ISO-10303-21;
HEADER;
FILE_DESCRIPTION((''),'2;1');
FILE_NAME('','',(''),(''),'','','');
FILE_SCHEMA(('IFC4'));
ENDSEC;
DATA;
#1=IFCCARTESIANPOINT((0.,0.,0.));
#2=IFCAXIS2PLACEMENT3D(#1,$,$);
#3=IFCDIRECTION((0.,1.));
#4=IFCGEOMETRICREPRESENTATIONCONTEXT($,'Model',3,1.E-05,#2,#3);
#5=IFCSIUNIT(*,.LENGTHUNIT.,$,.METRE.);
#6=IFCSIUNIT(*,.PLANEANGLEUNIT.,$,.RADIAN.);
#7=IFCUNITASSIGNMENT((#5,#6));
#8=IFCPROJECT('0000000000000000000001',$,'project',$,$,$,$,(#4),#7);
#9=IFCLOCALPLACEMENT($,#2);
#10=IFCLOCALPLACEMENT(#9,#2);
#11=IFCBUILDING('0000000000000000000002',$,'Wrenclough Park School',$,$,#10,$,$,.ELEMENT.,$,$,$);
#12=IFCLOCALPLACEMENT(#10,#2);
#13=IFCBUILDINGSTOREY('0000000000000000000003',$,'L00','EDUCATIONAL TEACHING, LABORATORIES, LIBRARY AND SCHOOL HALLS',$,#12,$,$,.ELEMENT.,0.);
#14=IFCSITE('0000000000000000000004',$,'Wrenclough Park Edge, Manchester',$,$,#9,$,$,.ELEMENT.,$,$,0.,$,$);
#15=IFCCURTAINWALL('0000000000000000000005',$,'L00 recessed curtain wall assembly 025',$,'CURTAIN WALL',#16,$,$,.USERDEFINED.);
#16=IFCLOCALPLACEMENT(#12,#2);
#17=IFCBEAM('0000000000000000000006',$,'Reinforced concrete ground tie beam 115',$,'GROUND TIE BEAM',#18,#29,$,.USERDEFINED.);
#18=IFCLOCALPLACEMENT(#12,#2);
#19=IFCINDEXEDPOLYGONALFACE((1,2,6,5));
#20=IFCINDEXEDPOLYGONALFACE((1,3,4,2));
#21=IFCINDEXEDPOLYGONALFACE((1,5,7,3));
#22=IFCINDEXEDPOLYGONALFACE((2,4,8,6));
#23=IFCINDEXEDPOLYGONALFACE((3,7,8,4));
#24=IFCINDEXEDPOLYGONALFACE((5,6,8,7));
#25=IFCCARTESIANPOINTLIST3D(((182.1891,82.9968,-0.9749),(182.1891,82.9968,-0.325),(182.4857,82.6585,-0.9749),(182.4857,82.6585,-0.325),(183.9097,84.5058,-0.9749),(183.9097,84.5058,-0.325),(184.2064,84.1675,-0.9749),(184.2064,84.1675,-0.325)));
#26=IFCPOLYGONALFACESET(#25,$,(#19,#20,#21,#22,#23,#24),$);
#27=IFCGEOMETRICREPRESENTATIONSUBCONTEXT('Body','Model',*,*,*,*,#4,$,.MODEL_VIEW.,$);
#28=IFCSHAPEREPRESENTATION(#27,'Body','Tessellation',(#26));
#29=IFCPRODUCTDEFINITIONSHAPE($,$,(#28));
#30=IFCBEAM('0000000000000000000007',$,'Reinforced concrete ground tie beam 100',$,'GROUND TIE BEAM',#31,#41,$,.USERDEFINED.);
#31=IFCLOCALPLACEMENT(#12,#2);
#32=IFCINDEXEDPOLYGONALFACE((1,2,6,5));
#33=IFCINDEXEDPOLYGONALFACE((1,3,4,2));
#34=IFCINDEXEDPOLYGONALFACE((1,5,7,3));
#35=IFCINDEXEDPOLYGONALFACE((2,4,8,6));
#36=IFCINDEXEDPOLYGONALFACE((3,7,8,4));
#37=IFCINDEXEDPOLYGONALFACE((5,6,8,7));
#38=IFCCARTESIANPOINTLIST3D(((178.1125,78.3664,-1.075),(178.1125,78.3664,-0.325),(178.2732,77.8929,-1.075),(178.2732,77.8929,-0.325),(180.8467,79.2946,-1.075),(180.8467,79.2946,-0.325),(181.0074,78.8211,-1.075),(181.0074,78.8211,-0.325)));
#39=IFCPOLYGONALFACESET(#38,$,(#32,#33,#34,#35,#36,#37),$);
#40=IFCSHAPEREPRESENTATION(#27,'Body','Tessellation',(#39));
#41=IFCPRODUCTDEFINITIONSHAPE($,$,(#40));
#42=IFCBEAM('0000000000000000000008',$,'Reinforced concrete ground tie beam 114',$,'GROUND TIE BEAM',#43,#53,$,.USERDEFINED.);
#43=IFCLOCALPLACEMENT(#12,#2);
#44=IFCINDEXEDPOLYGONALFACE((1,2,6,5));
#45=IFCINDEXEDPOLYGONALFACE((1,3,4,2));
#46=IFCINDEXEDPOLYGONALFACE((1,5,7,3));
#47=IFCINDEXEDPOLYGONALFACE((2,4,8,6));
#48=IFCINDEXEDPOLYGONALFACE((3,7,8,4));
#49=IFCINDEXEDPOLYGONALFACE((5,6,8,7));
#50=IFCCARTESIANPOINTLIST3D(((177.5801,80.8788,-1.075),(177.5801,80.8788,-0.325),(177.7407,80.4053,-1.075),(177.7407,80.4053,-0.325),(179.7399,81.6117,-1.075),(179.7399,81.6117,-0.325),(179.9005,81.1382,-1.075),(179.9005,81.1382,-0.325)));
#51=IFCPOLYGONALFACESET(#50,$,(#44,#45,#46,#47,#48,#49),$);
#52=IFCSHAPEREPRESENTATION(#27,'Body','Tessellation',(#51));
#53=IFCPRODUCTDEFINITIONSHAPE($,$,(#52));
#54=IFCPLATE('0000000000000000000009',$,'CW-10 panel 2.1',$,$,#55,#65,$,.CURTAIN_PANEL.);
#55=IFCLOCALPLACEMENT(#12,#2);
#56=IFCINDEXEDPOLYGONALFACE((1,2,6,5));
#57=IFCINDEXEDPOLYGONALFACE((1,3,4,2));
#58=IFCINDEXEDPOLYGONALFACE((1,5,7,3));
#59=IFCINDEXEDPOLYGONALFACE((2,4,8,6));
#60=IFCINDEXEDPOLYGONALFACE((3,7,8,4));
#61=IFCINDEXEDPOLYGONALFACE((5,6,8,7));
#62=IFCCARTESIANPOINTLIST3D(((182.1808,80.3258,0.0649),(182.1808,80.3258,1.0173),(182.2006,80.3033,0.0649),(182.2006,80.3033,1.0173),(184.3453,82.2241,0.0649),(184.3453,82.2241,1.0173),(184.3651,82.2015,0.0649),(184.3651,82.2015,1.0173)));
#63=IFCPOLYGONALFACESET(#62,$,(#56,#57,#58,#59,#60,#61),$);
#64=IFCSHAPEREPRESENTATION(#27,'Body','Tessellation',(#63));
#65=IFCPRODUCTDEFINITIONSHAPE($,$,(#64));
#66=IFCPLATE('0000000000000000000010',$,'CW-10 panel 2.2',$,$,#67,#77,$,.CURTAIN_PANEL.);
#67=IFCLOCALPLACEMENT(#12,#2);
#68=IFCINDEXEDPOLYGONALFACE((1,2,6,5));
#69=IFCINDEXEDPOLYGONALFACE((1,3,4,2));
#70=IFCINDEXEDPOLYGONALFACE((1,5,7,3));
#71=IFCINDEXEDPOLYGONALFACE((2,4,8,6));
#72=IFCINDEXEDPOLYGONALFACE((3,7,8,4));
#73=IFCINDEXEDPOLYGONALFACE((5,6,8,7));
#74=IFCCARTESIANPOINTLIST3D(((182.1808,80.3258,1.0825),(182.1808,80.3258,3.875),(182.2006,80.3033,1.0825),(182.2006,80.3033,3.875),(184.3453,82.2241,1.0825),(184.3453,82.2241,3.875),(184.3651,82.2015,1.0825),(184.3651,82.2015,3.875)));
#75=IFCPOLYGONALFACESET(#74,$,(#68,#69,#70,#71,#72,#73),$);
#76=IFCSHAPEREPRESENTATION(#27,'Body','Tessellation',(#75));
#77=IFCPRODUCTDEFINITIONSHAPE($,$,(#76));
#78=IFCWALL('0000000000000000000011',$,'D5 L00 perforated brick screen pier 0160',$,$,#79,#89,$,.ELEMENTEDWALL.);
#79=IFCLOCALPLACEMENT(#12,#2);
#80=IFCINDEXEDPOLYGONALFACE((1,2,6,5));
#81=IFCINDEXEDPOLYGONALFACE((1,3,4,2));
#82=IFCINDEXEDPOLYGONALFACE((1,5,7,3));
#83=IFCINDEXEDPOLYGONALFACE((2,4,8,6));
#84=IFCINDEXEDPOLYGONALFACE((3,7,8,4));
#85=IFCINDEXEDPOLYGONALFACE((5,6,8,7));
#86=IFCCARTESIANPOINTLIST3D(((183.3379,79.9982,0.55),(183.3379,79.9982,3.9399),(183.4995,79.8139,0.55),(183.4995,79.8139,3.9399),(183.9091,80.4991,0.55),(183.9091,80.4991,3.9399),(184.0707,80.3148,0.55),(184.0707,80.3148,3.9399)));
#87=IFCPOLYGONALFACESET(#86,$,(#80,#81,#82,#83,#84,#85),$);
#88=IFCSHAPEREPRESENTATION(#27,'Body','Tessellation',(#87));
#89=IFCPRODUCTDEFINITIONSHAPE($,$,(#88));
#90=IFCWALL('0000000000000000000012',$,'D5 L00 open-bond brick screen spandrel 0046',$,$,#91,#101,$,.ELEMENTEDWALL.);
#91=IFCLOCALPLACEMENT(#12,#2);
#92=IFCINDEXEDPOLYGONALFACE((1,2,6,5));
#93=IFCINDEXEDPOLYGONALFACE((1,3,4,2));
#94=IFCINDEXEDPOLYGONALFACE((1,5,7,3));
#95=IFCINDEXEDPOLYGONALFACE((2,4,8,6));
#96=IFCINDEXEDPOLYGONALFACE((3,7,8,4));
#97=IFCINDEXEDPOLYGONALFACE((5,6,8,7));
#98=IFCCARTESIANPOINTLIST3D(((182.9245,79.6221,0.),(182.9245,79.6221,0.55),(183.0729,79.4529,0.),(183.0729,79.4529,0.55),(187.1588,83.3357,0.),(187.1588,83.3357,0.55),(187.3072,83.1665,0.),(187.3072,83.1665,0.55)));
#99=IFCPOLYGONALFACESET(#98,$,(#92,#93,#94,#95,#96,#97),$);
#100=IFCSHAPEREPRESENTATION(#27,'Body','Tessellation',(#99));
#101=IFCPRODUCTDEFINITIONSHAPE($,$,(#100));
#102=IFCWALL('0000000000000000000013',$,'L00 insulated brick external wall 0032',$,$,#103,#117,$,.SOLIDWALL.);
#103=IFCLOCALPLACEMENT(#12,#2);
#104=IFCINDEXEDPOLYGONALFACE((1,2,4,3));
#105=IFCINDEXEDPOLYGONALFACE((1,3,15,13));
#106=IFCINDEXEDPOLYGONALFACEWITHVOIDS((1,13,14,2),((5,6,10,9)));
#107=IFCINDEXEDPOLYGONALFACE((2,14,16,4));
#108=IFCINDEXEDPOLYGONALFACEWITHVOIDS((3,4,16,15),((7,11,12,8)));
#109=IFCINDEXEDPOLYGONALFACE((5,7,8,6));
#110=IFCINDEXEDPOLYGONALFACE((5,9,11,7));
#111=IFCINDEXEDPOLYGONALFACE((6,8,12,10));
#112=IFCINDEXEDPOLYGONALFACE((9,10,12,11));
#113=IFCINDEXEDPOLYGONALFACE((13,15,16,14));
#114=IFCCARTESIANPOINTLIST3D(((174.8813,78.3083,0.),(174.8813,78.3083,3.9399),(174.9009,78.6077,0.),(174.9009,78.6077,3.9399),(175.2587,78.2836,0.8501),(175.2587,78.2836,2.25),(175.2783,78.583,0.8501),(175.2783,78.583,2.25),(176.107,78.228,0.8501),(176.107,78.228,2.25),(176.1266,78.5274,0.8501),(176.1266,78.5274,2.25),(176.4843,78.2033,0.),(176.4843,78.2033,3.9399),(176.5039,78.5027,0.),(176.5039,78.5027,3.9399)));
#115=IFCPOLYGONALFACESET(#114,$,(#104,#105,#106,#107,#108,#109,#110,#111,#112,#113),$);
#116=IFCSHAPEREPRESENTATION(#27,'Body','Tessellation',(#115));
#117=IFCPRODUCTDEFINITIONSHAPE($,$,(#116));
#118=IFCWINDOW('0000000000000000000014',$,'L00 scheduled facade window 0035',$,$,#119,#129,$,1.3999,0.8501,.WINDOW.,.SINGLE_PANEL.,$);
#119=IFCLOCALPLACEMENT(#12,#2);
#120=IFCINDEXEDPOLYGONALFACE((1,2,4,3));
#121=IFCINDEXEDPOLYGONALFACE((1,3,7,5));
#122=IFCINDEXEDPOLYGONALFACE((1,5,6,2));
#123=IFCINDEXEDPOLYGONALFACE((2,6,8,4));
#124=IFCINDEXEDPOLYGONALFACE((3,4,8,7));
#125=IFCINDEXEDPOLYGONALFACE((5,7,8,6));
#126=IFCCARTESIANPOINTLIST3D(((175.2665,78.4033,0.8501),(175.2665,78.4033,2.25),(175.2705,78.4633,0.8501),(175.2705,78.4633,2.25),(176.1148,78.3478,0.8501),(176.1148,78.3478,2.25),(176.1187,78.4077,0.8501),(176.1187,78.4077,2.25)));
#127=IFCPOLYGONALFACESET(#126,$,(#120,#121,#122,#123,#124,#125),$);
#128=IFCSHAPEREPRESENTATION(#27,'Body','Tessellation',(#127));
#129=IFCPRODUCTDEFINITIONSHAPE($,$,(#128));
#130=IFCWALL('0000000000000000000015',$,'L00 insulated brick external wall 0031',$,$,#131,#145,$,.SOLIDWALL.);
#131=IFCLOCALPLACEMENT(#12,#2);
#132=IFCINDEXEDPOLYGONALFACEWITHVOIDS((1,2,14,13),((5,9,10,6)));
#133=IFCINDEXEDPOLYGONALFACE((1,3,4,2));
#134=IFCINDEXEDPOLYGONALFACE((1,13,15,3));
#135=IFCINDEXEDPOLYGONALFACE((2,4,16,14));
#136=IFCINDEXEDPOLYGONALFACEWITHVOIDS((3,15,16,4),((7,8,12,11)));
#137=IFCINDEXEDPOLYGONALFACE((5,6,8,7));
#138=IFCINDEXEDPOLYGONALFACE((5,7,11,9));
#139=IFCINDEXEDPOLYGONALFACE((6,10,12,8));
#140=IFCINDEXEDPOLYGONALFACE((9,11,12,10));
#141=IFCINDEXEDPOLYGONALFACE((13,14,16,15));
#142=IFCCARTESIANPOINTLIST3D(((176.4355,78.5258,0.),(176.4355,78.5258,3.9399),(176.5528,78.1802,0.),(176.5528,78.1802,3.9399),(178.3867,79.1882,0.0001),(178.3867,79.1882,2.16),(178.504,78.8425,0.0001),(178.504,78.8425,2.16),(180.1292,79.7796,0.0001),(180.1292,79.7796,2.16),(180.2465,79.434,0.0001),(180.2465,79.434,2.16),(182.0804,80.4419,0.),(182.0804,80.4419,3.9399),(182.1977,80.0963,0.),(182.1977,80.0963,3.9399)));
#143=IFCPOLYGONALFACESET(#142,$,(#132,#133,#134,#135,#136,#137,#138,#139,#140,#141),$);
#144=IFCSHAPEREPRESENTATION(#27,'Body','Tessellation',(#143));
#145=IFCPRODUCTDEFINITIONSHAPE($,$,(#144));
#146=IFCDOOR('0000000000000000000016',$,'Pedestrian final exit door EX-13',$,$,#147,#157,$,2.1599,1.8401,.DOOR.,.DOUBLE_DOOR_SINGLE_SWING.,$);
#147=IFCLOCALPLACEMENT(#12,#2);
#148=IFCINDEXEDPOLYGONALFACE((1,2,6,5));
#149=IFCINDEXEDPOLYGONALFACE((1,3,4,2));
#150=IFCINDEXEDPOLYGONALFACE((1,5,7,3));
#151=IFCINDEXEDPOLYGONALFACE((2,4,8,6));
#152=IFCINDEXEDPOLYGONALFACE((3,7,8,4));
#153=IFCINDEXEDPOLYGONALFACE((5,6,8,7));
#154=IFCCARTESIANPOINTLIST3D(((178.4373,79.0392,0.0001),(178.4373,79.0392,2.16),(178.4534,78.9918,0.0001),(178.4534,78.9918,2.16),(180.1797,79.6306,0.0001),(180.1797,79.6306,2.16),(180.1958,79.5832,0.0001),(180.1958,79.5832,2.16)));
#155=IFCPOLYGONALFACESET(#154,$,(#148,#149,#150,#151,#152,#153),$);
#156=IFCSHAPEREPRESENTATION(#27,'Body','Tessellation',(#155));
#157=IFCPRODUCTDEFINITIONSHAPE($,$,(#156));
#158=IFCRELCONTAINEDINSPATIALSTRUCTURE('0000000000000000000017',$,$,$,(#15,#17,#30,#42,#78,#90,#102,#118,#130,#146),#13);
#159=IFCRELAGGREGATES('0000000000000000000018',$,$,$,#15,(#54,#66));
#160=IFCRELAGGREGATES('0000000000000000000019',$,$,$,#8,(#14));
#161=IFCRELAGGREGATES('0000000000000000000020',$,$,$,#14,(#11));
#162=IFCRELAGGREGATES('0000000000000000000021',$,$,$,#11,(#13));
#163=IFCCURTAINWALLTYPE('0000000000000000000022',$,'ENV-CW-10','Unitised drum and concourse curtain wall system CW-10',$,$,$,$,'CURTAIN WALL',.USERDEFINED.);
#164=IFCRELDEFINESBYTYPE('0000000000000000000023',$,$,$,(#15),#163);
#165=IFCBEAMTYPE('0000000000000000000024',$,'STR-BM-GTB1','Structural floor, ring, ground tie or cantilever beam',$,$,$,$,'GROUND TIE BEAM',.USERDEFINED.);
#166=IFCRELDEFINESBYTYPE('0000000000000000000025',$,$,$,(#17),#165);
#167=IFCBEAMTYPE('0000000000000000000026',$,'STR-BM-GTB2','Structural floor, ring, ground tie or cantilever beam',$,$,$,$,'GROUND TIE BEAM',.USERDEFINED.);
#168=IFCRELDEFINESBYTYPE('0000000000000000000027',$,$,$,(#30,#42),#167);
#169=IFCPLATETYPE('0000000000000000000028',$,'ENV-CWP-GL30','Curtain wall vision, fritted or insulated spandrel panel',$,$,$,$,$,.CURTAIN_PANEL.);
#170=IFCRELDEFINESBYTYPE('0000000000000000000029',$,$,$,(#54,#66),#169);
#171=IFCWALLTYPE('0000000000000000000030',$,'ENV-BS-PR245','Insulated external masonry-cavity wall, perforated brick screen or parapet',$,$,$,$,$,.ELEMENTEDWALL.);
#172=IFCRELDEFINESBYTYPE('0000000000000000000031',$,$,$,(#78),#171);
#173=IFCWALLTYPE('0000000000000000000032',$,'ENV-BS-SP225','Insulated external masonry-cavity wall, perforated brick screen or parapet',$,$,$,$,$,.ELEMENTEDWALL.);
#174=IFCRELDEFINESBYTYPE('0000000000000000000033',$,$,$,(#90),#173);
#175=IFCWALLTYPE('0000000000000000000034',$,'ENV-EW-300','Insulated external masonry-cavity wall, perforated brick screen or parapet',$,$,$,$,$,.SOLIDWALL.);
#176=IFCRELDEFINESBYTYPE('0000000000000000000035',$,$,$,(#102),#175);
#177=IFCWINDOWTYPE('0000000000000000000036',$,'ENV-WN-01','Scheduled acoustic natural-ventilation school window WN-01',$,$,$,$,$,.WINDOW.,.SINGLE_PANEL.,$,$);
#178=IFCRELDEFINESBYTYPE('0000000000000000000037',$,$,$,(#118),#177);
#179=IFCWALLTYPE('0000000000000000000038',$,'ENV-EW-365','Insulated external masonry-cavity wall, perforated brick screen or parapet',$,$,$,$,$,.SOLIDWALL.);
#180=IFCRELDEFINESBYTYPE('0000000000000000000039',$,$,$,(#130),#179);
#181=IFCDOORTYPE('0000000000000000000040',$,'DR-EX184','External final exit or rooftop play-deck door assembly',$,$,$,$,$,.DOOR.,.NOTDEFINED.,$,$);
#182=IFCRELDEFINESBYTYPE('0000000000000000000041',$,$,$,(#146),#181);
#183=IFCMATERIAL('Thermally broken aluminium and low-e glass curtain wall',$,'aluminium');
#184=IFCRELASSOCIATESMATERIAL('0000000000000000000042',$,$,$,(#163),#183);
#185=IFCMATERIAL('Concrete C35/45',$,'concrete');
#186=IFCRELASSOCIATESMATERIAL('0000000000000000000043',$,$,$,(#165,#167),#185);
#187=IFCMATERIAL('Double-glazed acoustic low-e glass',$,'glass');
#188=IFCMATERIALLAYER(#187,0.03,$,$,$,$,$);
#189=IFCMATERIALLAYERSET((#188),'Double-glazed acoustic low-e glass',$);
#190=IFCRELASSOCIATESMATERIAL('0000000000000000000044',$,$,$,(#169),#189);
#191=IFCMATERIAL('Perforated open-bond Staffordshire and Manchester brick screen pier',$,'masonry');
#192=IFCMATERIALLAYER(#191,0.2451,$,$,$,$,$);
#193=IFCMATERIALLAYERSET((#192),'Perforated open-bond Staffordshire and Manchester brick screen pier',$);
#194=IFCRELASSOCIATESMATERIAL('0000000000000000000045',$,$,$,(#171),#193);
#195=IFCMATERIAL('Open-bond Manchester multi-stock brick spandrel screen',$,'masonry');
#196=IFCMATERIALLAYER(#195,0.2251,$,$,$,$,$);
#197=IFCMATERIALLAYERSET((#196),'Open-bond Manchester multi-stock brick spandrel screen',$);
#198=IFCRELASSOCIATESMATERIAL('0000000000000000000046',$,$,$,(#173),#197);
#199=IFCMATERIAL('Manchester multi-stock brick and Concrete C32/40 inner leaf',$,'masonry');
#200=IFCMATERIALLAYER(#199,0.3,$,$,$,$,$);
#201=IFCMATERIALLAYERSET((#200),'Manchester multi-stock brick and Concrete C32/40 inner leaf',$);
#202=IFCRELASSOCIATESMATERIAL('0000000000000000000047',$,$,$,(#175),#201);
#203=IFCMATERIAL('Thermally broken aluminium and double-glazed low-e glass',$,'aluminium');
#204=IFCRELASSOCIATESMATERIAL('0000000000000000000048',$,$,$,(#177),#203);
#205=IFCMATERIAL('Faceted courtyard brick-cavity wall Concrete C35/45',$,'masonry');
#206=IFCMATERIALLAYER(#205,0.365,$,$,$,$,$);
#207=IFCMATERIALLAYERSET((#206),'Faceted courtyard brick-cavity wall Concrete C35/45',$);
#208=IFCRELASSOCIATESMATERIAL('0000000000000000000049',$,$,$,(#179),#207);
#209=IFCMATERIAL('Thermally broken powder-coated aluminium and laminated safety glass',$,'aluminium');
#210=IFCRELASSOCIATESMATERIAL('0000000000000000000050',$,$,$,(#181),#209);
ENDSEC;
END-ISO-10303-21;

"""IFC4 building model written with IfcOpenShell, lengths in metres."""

from ifc_helpers import new_model, si_unit, direction, frame, frame_2d, origin, origin_2d, place, context, subcontext, project, spatial, rectangle, extrude, material, layer, layer_set, material_profile, profile_set, type_object, element, fill, aggregate, save


model = new_model("IFC4")

# Units and contexts
model_context = context("Model", 3, precision=1e-05, world=origin(), true_north=direction((0.0, 1.0)))
body_context = subcontext(model_context, "Body", "Model", "MODEL_VIEW")
ifc_project = project(units=[si_unit("LENGTHUNIT", "METRE"), si_unit("PLANEANGLEUNIT", "RADIAN")], contexts=[model_context])

# Site, building, storey
site_placement = place(None, origin())
site = spatial("IfcSite", under=ifc_project, at=site_placement, Name="Wrenclough Park Edge, Manchester", CompositionType="ELEMENT", RefElevation=0.0)
building_placement = place(site_placement, origin())
building = spatial("IfcBuilding", under=site, at=building_placement, Name="Wrenclough Park School", CompositionType="ELEMENT")
storey_placement = place(building_placement, origin())
storey = spatial("IfcBuildingStorey", under=building, at=storey_placement, Name="L00", Description="EDUCATIONAL TEACHING, LABORATORIES, LIBRARY AND SCHOOL HALLS", CompositionType="ELEMENT", Elevation=0.0)

# Shared definitions
ifc_material_1 = material(Name="Concrete C35/45", Category="concrete")

# Curtain wall
ifc_material_2 = material(Name="Thermally broken aluminium and low-e glass curtain wall", Category="aluminium")
curtain_wall_type = type_object("IfcCurtainWallType", Name="ENV-CW-10", Description="Unitised drum and concourse curtain wall system CW-10", ElementType="CURTAIN WALL", PredefinedType="USERDEFINED", material=ifc_material_2)
curtain_wall_placement = place(storey_placement, origin())
curtain_wall = element("IfcCurtainWall", 1, at=curtain_wall_placement, inside=storey, type_object=curtain_wall_type, Name="L00 recessed curtain wall assembly 025", ObjectType="CURTAIN WALL", PredefinedType="USERDEFINED")

# Beams
ifc_material_profile_1 = material_profile(ifc_material_1, rectangle(XDim=0.45, YDim=0.6499, at=origin_2d()), Name="RC GROUND 450x650")
ifc_profile_set_1 = profile_set([ifc_material_profile_1], Name="Concrete C35/45")
beam_type_1 = type_object("IfcBeamType", Name="STR-BM-GTB1", Description="Structural floor, ring, ground tie or cantilever beam", ElementType="GROUND TIE BEAM", PredefinedType="USERDEFINED", material=ifc_profile_set_1)
beam_1_placement = place(storey_placement, frame((182.3374, 82.8276, -0.6499), z_axis=(0.751836, 0.65935, 0.0), x_axis=(-0.65935, 0.751836, 0.0)))
element("IfcBeam", 2, at=beam_1_placement, inside=storey, type_object=beam_type_1, Name="Reinforced concrete ground tie beam 115", ObjectType="GROUND TIE BEAM", PredefinedType="USERDEFINED", context=body_context, shape_type="SweptSolid", body=[
    extrude(rectangle(XDim=0.45, YDim=0.6499, at=origin_2d()), origin(), (0.0, 0.0, 1.0), 2.2886),
])
ifc_material_profile_2 = material_profile(ifc_material_1, rectangle(XDim=0.5, YDim=0.75, at=origin_2d()), Name="RC GROUND 500x750")
ifc_profile_set_2 = profile_set([ifc_material_profile_2], Name="Concrete C35/45")
beam_type_2 = type_object("IfcBeamType", Name="STR-BM-GTB2", Description="Structural floor, ring, ground tie or cantilever beam", ElementType="GROUND TIE BEAM", PredefinedType="USERDEFINED", material=ifc_profile_set_2)
beam_2_placement = place(storey_placement, frame((178.1929, 78.1296, -0.7), z_axis=(0.946919, 0.321474, 0.0), x_axis=(-0.321474, 0.946919, 0.0)))
element("IfcBeam", 3, at=beam_2_placement, inside=storey, type_object=beam_type_2, Name="Reinforced concrete ground tie beam 100", ObjectType="GROUND TIE BEAM", PredefinedType="USERDEFINED", context=body_context, shape_type="SweptSolid", body=[
    extrude(rectangle(XDim=0.5, YDim=0.75, at=origin_2d()), origin(), (0.0, 0.0, 1.0), 2.8875),
])
beam_3_placement = place(storey_placement, frame((177.6604, 80.6421, -0.7), z_axis=(0.946968, 0.321329, 0.0), x_axis=(-0.321329, 0.946968, 0.0)))
element("IfcBeam", 4, at=beam_3_placement, inside=storey, type_object=beam_type_2, Name="Reinforced concrete ground tie beam 114", ObjectType="GROUND TIE BEAM", PredefinedType="USERDEFINED", context=body_context, shape_type="SweptSolid", body=[
    extrude(rectangle(XDim=0.5, YDim=0.75, at=origin_2d()), origin(), (0.0, 0.0, 1.0), 2.2808),
])

# Plates
ifc_material_3 = material(Name="Double-glazed acoustic low-e glass", Category="glass")
ifc_layer_1 = layer(ifc_material_3, 0.03)
ifc_layer_set_1 = layer_set([ifc_layer_1], Name="Double-glazed acoustic low-e glass")
plate_type = type_object("IfcPlateType", Name="ENV-CWP-GL30", Description="Curtain wall vision, fritted or insulated spandrel panel", PredefinedType="CURTAIN_PANEL", material=ifc_layer_set_1)
plate_1_placement = place(storey_placement, frame((183.2729, 81.2637, 0.0649), z_axis=(0.0, 0.0, 1.0), x_axis=(-0.751823, -0.659365, 0.0)))
plate_1 = element("IfcPlate", 5, at=plate_1_placement, type_object=plate_type, Name="CW-10 panel 2.1", PredefinedType="CURTAIN_PANEL", context=body_context, shape_type="SweptSolid", body=[
    extrude(rectangle(XDim=2.8789, YDim=0.03, at=origin_2d()), origin(), (0.0, 0.0, 1.0), 0.9524),
])
plate_2_placement = place(storey_placement, frame((183.2729, 81.2637, 1.0825), z_axis=(0.0, 0.0, 1.0), x_axis=(-0.751823, -0.659365, 0.0)))
plate_2 = element("IfcPlate", 6, at=plate_2_placement, type_object=plate_type, Name="CW-10 panel 2.2", PredefinedType="CURTAIN_PANEL", context=body_context, shape_type="SweptSolid", body=[
    extrude(rectangle(XDim=2.8789, YDim=0.03, at=origin_2d()), origin(), (0.0, 0.0, 1.0), 2.7925),
])
aggregate(curtain_wall, [plate_1, plate_2])

# Walls
ifc_material_4 = material(Name="Perforated open-bond Staffordshire and Manchester brick screen pier", Category="masonry")
ifc_layer_2 = layer(ifc_material_4, 0.2451)
ifc_layer_set_2 = layer_set([ifc_layer_2], Name="Perforated open-bond Staffordshire and Manchester brick screen pier")
wall_type_1 = type_object("IfcWallType", Name="ENV-BS-PR245", Description="Insulated external masonry-cavity wall, perforated brick screen or parapet", PredefinedType="ELEMENTEDWALL", material=ifc_layer_set_2)
wall_1_placement = place(storey_placement, frame((183.4187, 79.906, 0.55), z_axis=(0.0, 0.0, 1.0), x_axis=(0.75186, 0.659323, 0.0)))
element("IfcWall", 7, at=wall_1_placement, inside=storey, type_object=wall_type_1, Name="D5 L00 perforated brick screen pier 0160", PredefinedType="ELEMENTEDWALL", context=body_context, shape_type="SweptSolid", body=[
    extrude(rectangle(XDim=0.7598, YDim=0.2451, at=frame_2d((0.3799, 0.0))), origin(), (0.0, 0.0, 1.0), 3.3899),
])
ifc_material_5 = material(Name="Open-bond Manchester multi-stock brick spandrel screen", Category="masonry")
ifc_layer_3 = layer(ifc_material_5, 0.2251)
ifc_layer_set_3 = layer_set([ifc_layer_3], Name="Open-bond Manchester multi-stock brick spandrel screen")
wall_type_2 = type_object("IfcWallType", Name="ENV-BS-SP225", Description="Insulated external masonry-cavity wall, perforated brick screen or parapet", PredefinedType="ELEMENTEDWALL", material=ifc_layer_set_3)
wall_2_placement = place(storey_placement, frame((182.9988, 79.5376, 0.0), z_axis=(0.0, 0.0, 1.0), x_axis=(0.751824, 0.659363, 0.0)))
element("IfcWall", 8, at=wall_2_placement, inside=storey, type_object=wall_type_2, Name="D5 L00 open-bond brick screen spandrel 0046", PredefinedType="ELEMENTEDWALL", context=body_context, shape_type="SweptSolid", body=[
    extrude(rectangle(XDim=5.6321, YDim=0.2251, at=frame_2d((2.8159, 0.0))), origin(), (0.0, 0.0, 1.0), 0.55),
])

# Wall, opening, window
ifc_material_6 = material(Name="Manchester multi-stock brick and Concrete C32/40 inner leaf", Category="masonry")
ifc_layer_4 = layer(ifc_material_6, 0.3)
ifc_layer_set_4 = layer_set([ifc_layer_4], Name="Manchester multi-stock brick and Concrete C32/40 inner leaf")
wall_type_3 = type_object("IfcWallType", Name="ENV-EW-300", Description="Insulated external masonry-cavity wall, perforated brick screen or parapet", PredefinedType="SOLIDWALL", material=ifc_layer_set_4)
wall_3_placement = place(storey_placement, frame((176.4941, 78.353, 0.0), z_axis=(0.0, 0.0, 1.0), x_axis=(-0.997862, 0.065349, 0.0)))
wall_3 = element("IfcWall", 9, at=wall_3_placement, inside=storey, type_object=wall_type_3, Name="L00 insulated brick external wall 0032", PredefinedType="SOLIDWALL", context=body_context, shape_type="SweptSolid", body=[
    extrude(rectangle(XDim=1.6064, YDim=0.3, at=frame_2d((0.8032, 0.0))), origin(), (0.0, 0.0, 1.0), 3.9399),
])
opening_1_placement = place(wall_3_placement, frame((0.3782, 0.0, 0.8501)))
opening_1 = element("IfcOpeningElement", 10, at=opening_1_placement, cuts=wall_3, PredefinedType="OPENING", context=body_context, shape_type="SweptSolid", body=[
    extrude(rectangle(XDim=0.8501, YDim=1.3999, at=frame_2d((0.425, 0.7))), frame((0.0, 0.1599, 0.0), z_axis=(0.0, -1.0, 0.0), x_axis=(1.0, 0.0, 0.0)), (0.0, 0.0, 1.0), 0.3201),
])
ifc_material_7 = material(Name="Thermally broken aluminium and double-glazed low-e glass", Category="aluminium")
window_type = type_object("IfcWindowType", Name="ENV-WN-01", Description="Scheduled acoustic natural-ventilation school window WN-01", PartitioningType="SINGLE_PANEL", PredefinedType="WINDOW", material=ifc_material_7)
window_placement = place(opening_1_placement, origin())
window = element("IfcWindow", 11, at=window_placement, inside=storey, type_object=window_type, Name="L00 scheduled facade window 0035", OverallHeight=1.3999, OverallWidth=0.8501, PartitioningType="SINGLE_PANEL", PredefinedType="WINDOW", context=body_context, shape_type="SweptSolid", body=[
    extrude(rectangle(XDim=0.8501, YDim=1.3999, at=frame_2d((0.425, 0.7))), frame((0.0, 0.03, 0.0), z_axis=(0.0, -1.0, 0.0), x_axis=(1.0, 0.0, 0.0)), (0.0, 0.0, 1.0), 0.0601),
])
fill(opening_1, window)

# Wall, opening, door
ifc_material_8 = material(Name="Faceted courtyard brick-cavity wall Concrete C35/45", Category="masonry")
ifc_layer_5 = layer(ifc_material_8, 0.365)
ifc_layer_set_5 = layer_set([ifc_layer_5], Name="Faceted courtyard brick-cavity wall Concrete C35/45")
wall_type_4 = type_object("IfcWallType", Name="ENV-EW-365", Description="Insulated external masonry-cavity wall, perforated brick screen or parapet", PredefinedType="SOLIDWALL", material=ifc_layer_set_5)
wall_4_placement = place(storey_placement, frame((182.1389, 80.269, 0.0), z_axis=(0.0, 0.0, 1.0), x_axis=(-0.946937, -0.32142, 0.0)))
wall_4 = element("IfcWall", 12, at=wall_4_placement, inside=storey, type_object=wall_type_4, Name="L00 insulated brick external wall 0031", PredefinedType="SOLIDWALL", context=body_context, shape_type="SweptSolid", body=[
    extrude(rectangle(XDim=5.9612, YDim=0.365, at=frame_2d((2.9805, 0.0))), origin(), (0.0, 0.0, 1.0), 3.9399),
])
opening_2_placement = place(wall_4_placement, frame((2.0605, 0.0, 0.0)))
opening_2 = element("IfcOpeningElement", 13, at=opening_2_placement, cuts=wall_4, PredefinedType="OPENING", context=body_context, shape_type="SweptSolid", body=[
    extrude(rectangle(XDim=1.8401, YDim=2.1599, at=frame_2d((0.9199, 1.0801))), frame((0.0, 0.1924, 0.0), z_axis=(0.0, -1.0, 0.0), x_axis=(1.0, 0.0, 0.0)), (0.0, 0.0, 1.0), 0.385),
])
ifc_material_9 = material(Name="Thermally broken powder-coated aluminium and laminated safety glass", Category="aluminium")
door_type = type_object("IfcDoorType", Name="DR-EX184", Description="External final exit or rooftop play-deck door assembly", OperationType="NOTDEFINED", PredefinedType="DOOR", material=ifc_material_9)
door_placement = place(opening_2_placement, origin())
door = element("IfcDoor", 14, at=door_placement, inside=storey, type_object=door_type, Name="Pedestrian final exit door EX-13", OperationType="DOUBLE_DOOR_SINGLE_SWING", OverallHeight=2.1599, OverallWidth=1.8401, PredefinedType="DOOR", context=body_context, shape_type="SweptSolid", body=[
    extrude(rectangle(XDim=1.8401, YDim=2.1599, at=frame_2d((0.9199, 1.0801))), frame((0.0, 0.0249, 0.0), z_axis=(0.0, -1.0, 0.0), x_axis=(1.0, 0.0, 0.0)), (0.0, 0.0, 1.0), 0.05),
])
fill(opening_2, door)

save(model, "model.ifc")
